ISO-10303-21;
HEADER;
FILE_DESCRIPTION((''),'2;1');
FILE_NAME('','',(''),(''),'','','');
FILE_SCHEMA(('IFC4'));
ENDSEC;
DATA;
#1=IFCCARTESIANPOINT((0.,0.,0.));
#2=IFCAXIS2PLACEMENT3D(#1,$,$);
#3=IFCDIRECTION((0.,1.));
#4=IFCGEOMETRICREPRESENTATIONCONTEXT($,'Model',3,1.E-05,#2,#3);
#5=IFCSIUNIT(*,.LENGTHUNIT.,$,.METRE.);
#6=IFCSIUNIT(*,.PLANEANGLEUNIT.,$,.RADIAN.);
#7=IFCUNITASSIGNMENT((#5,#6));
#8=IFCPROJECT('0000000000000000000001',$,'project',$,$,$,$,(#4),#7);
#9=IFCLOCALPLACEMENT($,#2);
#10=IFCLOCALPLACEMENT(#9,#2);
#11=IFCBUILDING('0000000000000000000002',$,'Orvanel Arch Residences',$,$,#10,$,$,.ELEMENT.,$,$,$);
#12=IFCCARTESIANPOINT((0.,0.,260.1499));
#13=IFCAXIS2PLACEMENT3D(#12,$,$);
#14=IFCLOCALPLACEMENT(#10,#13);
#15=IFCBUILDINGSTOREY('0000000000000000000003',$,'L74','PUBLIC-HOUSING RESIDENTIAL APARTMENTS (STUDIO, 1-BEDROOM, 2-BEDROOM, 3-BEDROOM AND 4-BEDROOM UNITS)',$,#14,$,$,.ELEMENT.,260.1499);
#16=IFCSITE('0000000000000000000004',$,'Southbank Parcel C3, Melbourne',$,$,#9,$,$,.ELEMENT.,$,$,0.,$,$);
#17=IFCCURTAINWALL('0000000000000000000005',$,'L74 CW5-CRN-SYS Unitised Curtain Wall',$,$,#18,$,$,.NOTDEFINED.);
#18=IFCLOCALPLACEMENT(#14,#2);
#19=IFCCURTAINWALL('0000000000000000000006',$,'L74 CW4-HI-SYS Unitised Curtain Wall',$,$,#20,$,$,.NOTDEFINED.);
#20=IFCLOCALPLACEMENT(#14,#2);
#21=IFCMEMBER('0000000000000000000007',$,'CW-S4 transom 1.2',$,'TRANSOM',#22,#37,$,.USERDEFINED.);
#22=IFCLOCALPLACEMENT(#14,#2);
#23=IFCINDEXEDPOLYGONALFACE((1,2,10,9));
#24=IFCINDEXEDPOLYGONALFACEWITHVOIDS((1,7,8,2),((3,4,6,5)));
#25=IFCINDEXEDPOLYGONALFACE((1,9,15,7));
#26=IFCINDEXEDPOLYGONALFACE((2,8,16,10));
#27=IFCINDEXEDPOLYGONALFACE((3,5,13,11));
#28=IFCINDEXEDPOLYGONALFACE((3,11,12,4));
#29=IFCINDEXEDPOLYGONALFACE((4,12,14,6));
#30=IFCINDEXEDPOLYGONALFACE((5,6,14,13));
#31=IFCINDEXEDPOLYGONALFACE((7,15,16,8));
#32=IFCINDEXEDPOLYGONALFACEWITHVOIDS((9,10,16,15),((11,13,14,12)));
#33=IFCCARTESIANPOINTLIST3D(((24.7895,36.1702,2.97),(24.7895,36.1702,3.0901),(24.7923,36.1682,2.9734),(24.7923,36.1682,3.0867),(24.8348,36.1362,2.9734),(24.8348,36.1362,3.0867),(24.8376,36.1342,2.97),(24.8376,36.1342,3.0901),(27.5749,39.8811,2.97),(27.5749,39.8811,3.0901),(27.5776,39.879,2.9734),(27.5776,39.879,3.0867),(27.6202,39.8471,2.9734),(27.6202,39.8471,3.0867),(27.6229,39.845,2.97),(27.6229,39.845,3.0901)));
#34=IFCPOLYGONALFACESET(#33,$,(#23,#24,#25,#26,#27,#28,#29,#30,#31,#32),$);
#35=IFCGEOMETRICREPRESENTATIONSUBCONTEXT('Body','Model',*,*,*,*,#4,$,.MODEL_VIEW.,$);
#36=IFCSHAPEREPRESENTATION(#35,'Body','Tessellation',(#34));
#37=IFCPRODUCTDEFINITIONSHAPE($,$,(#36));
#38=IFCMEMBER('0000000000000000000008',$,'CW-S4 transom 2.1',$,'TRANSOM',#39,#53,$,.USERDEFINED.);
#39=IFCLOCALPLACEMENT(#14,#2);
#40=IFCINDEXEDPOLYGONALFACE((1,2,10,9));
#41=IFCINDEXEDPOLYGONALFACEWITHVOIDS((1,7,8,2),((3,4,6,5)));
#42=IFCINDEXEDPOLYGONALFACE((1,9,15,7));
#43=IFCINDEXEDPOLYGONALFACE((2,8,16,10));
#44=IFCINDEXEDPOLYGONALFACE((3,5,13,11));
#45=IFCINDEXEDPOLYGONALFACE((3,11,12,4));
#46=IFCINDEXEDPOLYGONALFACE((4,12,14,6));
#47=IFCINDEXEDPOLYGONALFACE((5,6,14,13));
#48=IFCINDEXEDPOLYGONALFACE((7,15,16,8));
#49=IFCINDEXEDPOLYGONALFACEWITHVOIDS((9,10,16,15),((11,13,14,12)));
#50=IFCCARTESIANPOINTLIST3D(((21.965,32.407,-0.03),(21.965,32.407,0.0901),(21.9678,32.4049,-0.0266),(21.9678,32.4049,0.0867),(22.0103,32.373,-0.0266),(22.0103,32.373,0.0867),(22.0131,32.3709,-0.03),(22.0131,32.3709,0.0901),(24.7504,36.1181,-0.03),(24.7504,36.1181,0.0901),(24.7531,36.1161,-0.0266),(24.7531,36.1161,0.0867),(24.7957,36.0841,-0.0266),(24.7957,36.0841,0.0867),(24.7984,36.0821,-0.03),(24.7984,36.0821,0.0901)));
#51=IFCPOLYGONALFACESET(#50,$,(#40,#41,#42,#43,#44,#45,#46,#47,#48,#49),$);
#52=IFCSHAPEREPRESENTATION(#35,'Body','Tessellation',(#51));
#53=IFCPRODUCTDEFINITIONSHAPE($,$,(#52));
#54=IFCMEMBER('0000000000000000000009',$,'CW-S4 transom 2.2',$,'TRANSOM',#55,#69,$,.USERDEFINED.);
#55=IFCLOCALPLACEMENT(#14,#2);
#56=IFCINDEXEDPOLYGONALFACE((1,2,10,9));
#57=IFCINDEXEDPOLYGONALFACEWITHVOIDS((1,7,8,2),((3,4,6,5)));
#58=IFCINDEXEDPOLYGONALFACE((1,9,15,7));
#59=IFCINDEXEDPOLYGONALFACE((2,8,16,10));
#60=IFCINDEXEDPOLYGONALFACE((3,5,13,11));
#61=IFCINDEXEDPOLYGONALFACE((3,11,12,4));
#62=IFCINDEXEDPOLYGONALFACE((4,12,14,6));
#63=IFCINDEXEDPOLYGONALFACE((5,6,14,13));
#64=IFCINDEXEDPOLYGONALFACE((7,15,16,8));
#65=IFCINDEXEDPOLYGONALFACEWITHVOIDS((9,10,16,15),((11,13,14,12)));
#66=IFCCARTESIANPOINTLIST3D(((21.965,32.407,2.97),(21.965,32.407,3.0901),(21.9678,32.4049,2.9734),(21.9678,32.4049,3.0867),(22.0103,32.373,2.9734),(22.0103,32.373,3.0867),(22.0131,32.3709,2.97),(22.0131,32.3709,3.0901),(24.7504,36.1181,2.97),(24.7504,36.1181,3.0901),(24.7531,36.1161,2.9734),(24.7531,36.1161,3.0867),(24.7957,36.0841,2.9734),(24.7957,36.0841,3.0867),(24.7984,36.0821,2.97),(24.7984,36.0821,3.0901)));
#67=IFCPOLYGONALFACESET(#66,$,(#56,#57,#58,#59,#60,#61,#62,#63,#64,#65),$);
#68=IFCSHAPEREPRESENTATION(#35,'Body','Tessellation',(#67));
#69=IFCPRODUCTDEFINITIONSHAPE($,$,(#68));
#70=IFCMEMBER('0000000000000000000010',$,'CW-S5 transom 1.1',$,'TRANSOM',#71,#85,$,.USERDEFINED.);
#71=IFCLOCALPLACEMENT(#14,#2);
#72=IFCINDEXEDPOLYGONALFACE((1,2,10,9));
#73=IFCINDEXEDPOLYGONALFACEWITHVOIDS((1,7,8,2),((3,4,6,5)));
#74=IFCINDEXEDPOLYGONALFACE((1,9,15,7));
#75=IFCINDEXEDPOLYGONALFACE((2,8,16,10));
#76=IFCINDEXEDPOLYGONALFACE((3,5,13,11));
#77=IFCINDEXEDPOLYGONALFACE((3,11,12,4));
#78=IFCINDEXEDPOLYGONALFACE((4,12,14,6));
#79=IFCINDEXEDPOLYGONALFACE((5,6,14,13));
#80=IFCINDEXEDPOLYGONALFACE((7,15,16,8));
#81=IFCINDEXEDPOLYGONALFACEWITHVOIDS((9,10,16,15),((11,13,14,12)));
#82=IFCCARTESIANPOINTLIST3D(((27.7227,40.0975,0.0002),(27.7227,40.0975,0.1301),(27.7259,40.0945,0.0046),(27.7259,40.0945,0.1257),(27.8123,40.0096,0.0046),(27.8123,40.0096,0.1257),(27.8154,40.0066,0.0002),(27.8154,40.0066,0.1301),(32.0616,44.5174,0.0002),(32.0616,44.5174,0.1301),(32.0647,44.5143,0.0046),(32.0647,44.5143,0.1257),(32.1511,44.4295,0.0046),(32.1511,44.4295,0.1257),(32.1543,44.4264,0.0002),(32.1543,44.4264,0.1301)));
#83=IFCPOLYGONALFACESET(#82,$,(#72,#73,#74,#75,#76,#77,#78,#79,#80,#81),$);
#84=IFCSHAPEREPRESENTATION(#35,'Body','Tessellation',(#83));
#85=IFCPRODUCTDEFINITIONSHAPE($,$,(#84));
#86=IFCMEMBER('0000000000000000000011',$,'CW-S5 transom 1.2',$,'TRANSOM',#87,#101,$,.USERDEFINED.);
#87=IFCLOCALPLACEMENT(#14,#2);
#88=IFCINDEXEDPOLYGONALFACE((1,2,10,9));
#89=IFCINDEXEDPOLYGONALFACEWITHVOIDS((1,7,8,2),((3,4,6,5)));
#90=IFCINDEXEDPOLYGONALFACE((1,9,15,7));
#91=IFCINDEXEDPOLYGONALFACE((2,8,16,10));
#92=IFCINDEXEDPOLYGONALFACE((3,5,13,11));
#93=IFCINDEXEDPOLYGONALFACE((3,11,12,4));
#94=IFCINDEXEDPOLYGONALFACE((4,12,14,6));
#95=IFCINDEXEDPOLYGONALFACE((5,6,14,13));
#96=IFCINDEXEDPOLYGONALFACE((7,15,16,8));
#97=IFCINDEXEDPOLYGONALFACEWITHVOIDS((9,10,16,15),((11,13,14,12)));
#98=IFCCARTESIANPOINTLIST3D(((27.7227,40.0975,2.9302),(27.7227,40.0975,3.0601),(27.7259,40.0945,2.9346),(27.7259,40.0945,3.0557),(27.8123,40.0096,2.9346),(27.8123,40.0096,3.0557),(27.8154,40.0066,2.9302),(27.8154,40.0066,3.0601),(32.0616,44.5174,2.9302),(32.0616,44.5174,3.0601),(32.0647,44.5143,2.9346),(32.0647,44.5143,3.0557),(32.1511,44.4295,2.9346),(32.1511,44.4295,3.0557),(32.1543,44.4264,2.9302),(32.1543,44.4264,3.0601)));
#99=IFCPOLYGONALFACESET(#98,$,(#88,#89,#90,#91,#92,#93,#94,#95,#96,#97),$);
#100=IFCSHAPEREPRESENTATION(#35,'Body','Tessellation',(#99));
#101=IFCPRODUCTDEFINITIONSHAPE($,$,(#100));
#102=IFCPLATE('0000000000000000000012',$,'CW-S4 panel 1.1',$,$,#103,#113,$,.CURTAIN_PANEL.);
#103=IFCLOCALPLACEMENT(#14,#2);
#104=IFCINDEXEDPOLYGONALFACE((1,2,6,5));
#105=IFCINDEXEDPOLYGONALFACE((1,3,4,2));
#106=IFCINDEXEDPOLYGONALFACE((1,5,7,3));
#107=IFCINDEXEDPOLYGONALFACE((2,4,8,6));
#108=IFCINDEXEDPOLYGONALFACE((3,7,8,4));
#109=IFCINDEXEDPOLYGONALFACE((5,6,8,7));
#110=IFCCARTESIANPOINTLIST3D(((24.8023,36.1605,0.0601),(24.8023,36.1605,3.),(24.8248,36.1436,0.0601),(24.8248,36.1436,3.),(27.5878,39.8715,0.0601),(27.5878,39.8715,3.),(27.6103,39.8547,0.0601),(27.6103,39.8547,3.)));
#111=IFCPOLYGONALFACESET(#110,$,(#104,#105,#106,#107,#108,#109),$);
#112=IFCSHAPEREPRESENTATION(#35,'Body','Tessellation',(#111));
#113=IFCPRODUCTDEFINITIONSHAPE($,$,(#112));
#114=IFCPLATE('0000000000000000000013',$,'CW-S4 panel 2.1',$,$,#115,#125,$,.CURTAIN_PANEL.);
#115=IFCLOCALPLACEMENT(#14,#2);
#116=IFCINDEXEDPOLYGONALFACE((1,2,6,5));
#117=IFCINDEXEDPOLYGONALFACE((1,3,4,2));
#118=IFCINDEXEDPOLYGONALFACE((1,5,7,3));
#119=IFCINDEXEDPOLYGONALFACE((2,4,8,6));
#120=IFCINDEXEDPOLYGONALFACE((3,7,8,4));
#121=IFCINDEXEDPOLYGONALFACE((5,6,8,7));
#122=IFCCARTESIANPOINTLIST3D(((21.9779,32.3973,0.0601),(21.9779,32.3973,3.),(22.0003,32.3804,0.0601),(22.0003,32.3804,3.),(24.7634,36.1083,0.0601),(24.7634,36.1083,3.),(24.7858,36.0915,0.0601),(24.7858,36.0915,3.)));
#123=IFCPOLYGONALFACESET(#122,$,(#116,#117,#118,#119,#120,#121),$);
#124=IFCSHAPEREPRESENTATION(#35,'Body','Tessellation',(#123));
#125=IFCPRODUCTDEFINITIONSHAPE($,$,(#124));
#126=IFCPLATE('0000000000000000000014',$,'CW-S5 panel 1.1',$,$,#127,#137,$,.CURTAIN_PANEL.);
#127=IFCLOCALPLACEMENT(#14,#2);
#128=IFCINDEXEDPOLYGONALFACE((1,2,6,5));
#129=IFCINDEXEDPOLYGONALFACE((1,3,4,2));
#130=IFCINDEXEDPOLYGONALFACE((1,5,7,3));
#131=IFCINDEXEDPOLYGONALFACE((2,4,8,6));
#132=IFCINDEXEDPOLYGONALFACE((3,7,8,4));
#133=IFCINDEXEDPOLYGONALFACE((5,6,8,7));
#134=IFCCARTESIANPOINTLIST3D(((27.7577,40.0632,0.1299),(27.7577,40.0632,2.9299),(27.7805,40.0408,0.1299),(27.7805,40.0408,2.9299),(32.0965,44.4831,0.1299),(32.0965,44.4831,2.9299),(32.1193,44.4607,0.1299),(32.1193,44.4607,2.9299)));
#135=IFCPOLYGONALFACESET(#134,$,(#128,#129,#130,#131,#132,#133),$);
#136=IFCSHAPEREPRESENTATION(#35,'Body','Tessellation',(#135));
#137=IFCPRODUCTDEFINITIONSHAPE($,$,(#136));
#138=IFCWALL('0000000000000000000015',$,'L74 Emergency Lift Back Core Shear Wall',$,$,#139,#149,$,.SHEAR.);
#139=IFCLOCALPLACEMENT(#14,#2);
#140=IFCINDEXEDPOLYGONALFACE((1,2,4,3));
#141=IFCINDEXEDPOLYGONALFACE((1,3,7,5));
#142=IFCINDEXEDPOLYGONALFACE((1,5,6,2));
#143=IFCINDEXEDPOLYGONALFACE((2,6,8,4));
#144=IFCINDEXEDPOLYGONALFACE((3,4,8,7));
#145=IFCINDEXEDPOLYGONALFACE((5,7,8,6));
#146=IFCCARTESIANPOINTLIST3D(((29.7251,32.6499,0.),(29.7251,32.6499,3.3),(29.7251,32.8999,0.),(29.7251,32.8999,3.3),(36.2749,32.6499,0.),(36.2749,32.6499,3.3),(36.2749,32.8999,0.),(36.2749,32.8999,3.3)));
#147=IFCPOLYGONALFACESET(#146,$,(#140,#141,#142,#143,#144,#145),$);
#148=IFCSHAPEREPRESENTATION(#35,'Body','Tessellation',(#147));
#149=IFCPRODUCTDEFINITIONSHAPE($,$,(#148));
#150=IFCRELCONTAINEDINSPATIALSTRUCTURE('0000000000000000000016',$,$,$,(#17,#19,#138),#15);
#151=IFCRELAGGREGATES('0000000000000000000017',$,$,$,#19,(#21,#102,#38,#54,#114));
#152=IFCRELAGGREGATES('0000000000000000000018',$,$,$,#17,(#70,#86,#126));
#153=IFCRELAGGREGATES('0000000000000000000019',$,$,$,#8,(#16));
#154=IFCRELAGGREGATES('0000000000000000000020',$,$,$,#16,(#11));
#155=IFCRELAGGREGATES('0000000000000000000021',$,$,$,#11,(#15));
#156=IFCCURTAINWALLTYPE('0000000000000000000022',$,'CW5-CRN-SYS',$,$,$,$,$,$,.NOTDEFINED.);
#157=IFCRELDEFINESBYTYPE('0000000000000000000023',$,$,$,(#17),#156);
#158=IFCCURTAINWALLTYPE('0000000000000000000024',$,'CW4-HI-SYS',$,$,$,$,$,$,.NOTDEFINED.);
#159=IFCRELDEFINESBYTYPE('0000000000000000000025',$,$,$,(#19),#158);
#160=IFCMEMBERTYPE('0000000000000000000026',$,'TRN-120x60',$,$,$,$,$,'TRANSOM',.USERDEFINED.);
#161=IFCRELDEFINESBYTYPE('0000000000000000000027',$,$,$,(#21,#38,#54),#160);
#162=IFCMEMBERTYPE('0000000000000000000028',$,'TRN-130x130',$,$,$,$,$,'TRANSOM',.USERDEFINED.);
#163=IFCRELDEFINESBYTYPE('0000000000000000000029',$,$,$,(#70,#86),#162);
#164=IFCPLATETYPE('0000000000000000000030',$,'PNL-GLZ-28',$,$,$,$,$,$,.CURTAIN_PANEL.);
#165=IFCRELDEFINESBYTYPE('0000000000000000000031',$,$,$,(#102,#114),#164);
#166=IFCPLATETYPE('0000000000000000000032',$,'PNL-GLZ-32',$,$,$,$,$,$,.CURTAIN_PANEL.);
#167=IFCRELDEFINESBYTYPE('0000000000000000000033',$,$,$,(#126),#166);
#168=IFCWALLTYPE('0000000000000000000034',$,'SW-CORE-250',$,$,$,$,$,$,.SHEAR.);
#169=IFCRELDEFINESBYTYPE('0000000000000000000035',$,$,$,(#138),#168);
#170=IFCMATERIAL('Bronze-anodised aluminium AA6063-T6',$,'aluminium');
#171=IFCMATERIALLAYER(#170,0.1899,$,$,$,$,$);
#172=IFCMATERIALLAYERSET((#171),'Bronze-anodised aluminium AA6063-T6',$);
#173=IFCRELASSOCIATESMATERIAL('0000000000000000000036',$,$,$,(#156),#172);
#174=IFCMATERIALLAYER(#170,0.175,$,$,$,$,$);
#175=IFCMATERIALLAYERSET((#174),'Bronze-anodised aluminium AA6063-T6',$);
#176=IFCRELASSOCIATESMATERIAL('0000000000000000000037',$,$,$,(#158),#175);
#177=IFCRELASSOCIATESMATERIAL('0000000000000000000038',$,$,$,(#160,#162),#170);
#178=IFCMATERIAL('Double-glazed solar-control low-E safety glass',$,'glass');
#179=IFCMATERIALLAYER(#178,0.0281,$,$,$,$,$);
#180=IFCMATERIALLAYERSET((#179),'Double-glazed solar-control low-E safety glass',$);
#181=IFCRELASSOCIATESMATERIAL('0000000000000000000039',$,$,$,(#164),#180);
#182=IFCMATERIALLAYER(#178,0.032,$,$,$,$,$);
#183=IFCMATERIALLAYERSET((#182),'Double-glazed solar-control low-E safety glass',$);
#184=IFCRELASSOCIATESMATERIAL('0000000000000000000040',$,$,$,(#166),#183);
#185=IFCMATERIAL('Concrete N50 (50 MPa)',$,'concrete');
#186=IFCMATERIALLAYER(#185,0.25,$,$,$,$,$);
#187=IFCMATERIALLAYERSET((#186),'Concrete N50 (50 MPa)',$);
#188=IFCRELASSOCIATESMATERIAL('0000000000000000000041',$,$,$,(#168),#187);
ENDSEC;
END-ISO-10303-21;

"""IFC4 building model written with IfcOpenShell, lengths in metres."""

from ifc_helpers import new_model, si_unit, direction, frame, frame_2d, origin, origin_2d, place, context, subcontext, project, spatial, rectangle, hollow_rectangle, extrude, material, layer, layer_set, material_profile, profile_set, type_object, element, aggregate, save


model = new_model("IFC4")

# Units and contexts
model_context = context("Model", 3, precision=1e-05, world=origin(), true_north=direction((0.0, 1.0)))
body_context = subcontext(model_context, "Body", "Model", "MODEL_VIEW")
ifc_project = project(units=[si_unit("LENGTHUNIT", "METRE"), si_unit("PLANEANGLEUNIT", "RADIAN")], contexts=[model_context])

# Site, building, storey
site_placement = place(None, origin())
site = spatial("IfcSite", under=ifc_project, at=site_placement, Name="Southbank Parcel C3, Melbourne", CompositionType="ELEMENT", RefElevation=0.0)
building_placement = place(site_placement, origin())
building = spatial("IfcBuilding", under=site, at=building_placement, Name="Orvanel Arch Residences", CompositionType="ELEMENT")
storey_placement = place(building_placement, frame((0.0, 0.0, 260.1499)))
storey = spatial("IfcBuildingStorey", under=building, at=storey_placement, Name="L74", Description="PUBLIC-HOUSING RESIDENTIAL APARTMENTS (STUDIO, 1-BEDROOM, 2-BEDROOM, 3-BEDROOM AND 4-BEDROOM UNITS)", CompositionType="ELEMENT", Elevation=260.1499)

# Shared definitions
ifc_material_1 = material(Name="Bronze-anodised aluminium AA6063-T6", Category="aluminium")
ifc_layer_1 = layer(ifc_material_1, 0.1899)
ifc_layer_set_1 = layer_set([ifc_layer_1], Name="Bronze-anodised aluminium AA6063-T6")
curtain_wall_type_1 = type_object("IfcCurtainWallType", Name="CW5-CRN-SYS", PredefinedType="NOTDEFINED", material=ifc_layer_set_1)

# Curtain walls
curtain_wall_1_placement = place(storey_placement, origin())
curtain_wall_1 = element("IfcCurtainWall", 1, at=curtain_wall_1_placement, inside=storey, type_object=curtain_wall_type_1, Name="L74 CW5-CRN-SYS Unitised Curtain Wall", PredefinedType="NOTDEFINED")
ifc_layer_2 = layer(ifc_material_1, 0.175)
ifc_layer_set_2 = layer_set([ifc_layer_2], Name="Bronze-anodised aluminium AA6063-T6")
curtain_wall_type_2 = type_object("IfcCurtainWallType", Name="CW4-HI-SYS", PredefinedType="NOTDEFINED", material=ifc_layer_set_2)
curtain_wall_2_placement = place(storey_placement, origin())
curtain_wall_2 = element("IfcCurtainWall", 2, at=curtain_wall_2_placement, inside=storey, type_object=curtain_wall_type_2, Name="L74 CW4-HI-SYS Unitised Curtain Wall", PredefinedType="NOTDEFINED")

# Members
ifc_material_profile_1 = material_profile(ifc_material_1, hollow_rectangle(XDim=0.0601, YDim=0.1201, WallThickness=0.0034, at=origin_2d()), Name="ALU120x60x3.5")
ifc_profile_set_1 = profile_set([ifc_material_profile_1], Name="Bronze-anodised aluminium AA6063-T6")
member_type_1 = type_object("IfcMemberType", Name="TRN-120x60", ElementType="TRANSOM", PredefinedType="USERDEFINED", material=ifc_profile_set_1)
member_1_placement = place(storey_placement, frame((27.5989, 39.863, 3.03), z_axis=(-0.600303, -0.799773, 0.0), x_axis=(0.799773, -0.600303, 0.0)))
member_1 = element("IfcMember", 3, at=member_1_placement, type_object=member_type_1, Name="CW-S4 transom 1.2", ObjectType="TRANSOM", PredefinedType="USERDEFINED", context=body_context, shape_type="SweptSolid", body=[
    extrude(hollow_rectangle(XDim=0.0601, YDim=0.1201, WallThickness=0.0034, at=origin_2d()), origin(), (0.0, 0.0, 1.0), 4.6399),
])
member_2_placement = place(storey_placement, frame((24.7744, 36.1001, 0.03), z_axis=(-0.600278, -0.799792, 0.0), x_axis=(0.799792, -0.600278, 0.0)))
member_2 = element("IfcMember", 4, at=member_2_placement, type_object=member_type_1, Name="CW-S4 transom 2.1", ObjectType="TRANSOM", PredefinedType="USERDEFINED", context=body_context, shape_type="SweptSolid", body=[
    extrude(hollow_rectangle(XDim=0.0601, YDim=0.1201, WallThickness=0.0034, at=origin_2d()), origin(), (0.0, 0.0, 1.0), 4.6401),
])
member_3_placement = place(storey_placement, frame((24.7744, 36.1001, 3.03), z_axis=(-0.600278, -0.799792, 0.0), x_axis=(0.799792, -0.600278, 0.0)))
member_3 = element("IfcMember", 5, at=member_3_placement, type_object=member_type_1, Name="CW-S4 transom 2.2", ObjectType="TRANSOM", PredefinedType="USERDEFINED", context=body_context, shape_type="SweptSolid", body=[
    extrude(hollow_rectangle(XDim=0.0601, YDim=0.1201, WallThickness=0.0034, at=origin_2d()), origin(), (0.0, 0.0, 1.0), 4.6401),
])
ifc_material_profile_2 = material_profile(ifc_material_1, hollow_rectangle(XDim=0.1299, YDim=0.1299, WallThickness=0.0044, at=origin_2d()), Name="ALU130x130x4.5")
ifc_profile_set_2 = profile_set([ifc_material_profile_2], Name="Bronze-anodised aluminium AA6063-T6")
member_type_2 = type_object("IfcMemberType", Name="TRN-130x130", ElementType="TRANSOM", PredefinedType="USERDEFINED", material=ifc_profile_set_2)
member_4_placement = place(storey_placement, frame((32.1079, 44.4719, 0.0652), z_axis=(-0.700533, -0.71362, 0.0), x_axis=(0.71362, -0.700533, 0.0)))
member_4 = element("IfcMember", 6, at=member_4_placement, type_object=member_type_2, Name="CW-S5 transom 1.1", ObjectType="TRANSOM", PredefinedType="USERDEFINED", context=body_context, shape_type="SweptSolid", body=[
    extrude(hollow_rectangle(XDim=0.1299, YDim=0.1299, WallThickness=0.0044, at=origin_2d()), origin(), (0.0, 0.0, 1.0), 6.1936),
])
member_5_placement = place(storey_placement, frame((32.1079, 44.4719, 2.9951), z_axis=(-0.700533, -0.71362, 0.0), x_axis=(0.71362, -0.700533, 0.0)))
member_5 = element("IfcMember", 7, at=member_5_placement, type_object=member_type_2, Name="CW-S5 transom 1.2", ObjectType="TRANSOM", PredefinedType="USERDEFINED", context=body_context, shape_type="SweptSolid", body=[
    extrude(hollow_rectangle(XDim=0.1299, YDim=0.1299, WallThickness=0.0044, at=origin_2d()), origin(), (0.0, 0.0, 1.0), 6.1936),
])

# Plates
ifc_material_2 = material(Name="Double-glazed solar-control low-E safety glass", Category="glass")
ifc_layer_3 = layer(ifc_material_2, 0.0281)
ifc_layer_set_3 = layer_set([ifc_layer_3], Name="Double-glazed solar-control low-E safety glass")
plate_type_1 = type_object("IfcPlateType", Name="PNL-GLZ-28", PredefinedType="CURTAIN_PANEL", material=ifc_layer_set_3)
plate_1_placement = place(storey_placement, frame((26.2063, 38.0076, 0.0601), z_axis=(0.0, 0.0, 1.0), x_axis=(-0.600304, -0.799772, 0.0)))
plate_1 = element("IfcPlate", 8, at=plate_1_placement, type_object=plate_type_1, Name="CW-S4 panel 1.1", PredefinedType="CURTAIN_PANEL", context=body_context, shape_type="SweptSolid", body=[
    extrude(rectangle(XDim=4.6401, YDim=0.0281, at=origin_2d()), origin(), (0.0, 0.0, 1.0), 2.9399),
])
plate_2_placement = place(storey_placement, frame((23.3818, 34.2444, 0.0601), z_axis=(0.0, 0.0, 1.0), x_axis=(-0.600304, -0.799772, 0.0)))
plate_2 = element("IfcPlate", 9, at=plate_2_placement, type_object=plate_type_1, Name="CW-S4 panel 2.1", PredefinedType="CURTAIN_PANEL", context=body_context, shape_type="SweptSolid", body=[
    extrude(rectangle(XDim=4.6401, YDim=0.0281, at=origin_2d()), origin(), (0.0, 0.0, 1.0), 2.9399),
])
aggregate(curtain_wall_2, [member_1, plate_1, member_2, member_3, plate_2])
ifc_layer_4 = layer(ifc_material_2, 0.032)
ifc_layer_set_4 = layer_set([ifc_layer_4], Name="Double-glazed solar-control low-E safety glass")
plate_type_2 = type_object("IfcPlateType", Name="PNL-GLZ-32", PredefinedType="CURTAIN_PANEL", material=ifc_layer_set_4)
plate_3_placement = place(storey_placement, frame((29.9385, 42.262, 0.1299), z_axis=(0.0, 0.0, 1.0), x_axis=(-0.700532, -0.713621, 0.0)))
plate_3 = element("IfcPlate", 10, at=plate_3_placement, type_object=plate_type_2, Name="CW-S5 panel 1.1", PredefinedType="CURTAIN_PANEL", context=body_context, shape_type="SweptSolid", body=[
    extrude(rectangle(XDim=6.1936, YDim=0.032, at=origin_2d()), origin(), (0.0, 0.0, 1.0), 2.8),
])
aggregate(curtain_wall_1, [member_4, member_5, plate_3])

# Wall
ifc_material_3 = material(Name="Concrete N50 (50 MPa)", Category="concrete")
ifc_layer_5 = layer(ifc_material_3, 0.25)
ifc_layer_set_5 = layer_set([ifc_layer_5], Name="Concrete N50 (50 MPa)")
wall_type_1 = type_object("IfcWallType", Name="SW-CORE-250", PredefinedType="SHEAR", material=ifc_layer_set_5)
wall_1_placement = place(storey_placement, frame((29.7251, 32.7749, 0.0), z_axis=(0.0, 0.0, 1.0), x_axis=(1.0, 0.0, 0.0)))
element("IfcWall", 11, at=wall_1_placement, inside=storey, type_object=wall_type_1, Name="L74 Emergency Lift Back Core Shear Wall", PredefinedType="SHEAR", context=body_context, shape_type="SweptSolid", body=[
    extrude(rectangle(XDim=6.5498, YDim=0.25, at=frame_2d((3.2749, 0.0))), origin(), (0.0, 0.0, 1.0), 3.3),
])

save(model, "model.ifc")
